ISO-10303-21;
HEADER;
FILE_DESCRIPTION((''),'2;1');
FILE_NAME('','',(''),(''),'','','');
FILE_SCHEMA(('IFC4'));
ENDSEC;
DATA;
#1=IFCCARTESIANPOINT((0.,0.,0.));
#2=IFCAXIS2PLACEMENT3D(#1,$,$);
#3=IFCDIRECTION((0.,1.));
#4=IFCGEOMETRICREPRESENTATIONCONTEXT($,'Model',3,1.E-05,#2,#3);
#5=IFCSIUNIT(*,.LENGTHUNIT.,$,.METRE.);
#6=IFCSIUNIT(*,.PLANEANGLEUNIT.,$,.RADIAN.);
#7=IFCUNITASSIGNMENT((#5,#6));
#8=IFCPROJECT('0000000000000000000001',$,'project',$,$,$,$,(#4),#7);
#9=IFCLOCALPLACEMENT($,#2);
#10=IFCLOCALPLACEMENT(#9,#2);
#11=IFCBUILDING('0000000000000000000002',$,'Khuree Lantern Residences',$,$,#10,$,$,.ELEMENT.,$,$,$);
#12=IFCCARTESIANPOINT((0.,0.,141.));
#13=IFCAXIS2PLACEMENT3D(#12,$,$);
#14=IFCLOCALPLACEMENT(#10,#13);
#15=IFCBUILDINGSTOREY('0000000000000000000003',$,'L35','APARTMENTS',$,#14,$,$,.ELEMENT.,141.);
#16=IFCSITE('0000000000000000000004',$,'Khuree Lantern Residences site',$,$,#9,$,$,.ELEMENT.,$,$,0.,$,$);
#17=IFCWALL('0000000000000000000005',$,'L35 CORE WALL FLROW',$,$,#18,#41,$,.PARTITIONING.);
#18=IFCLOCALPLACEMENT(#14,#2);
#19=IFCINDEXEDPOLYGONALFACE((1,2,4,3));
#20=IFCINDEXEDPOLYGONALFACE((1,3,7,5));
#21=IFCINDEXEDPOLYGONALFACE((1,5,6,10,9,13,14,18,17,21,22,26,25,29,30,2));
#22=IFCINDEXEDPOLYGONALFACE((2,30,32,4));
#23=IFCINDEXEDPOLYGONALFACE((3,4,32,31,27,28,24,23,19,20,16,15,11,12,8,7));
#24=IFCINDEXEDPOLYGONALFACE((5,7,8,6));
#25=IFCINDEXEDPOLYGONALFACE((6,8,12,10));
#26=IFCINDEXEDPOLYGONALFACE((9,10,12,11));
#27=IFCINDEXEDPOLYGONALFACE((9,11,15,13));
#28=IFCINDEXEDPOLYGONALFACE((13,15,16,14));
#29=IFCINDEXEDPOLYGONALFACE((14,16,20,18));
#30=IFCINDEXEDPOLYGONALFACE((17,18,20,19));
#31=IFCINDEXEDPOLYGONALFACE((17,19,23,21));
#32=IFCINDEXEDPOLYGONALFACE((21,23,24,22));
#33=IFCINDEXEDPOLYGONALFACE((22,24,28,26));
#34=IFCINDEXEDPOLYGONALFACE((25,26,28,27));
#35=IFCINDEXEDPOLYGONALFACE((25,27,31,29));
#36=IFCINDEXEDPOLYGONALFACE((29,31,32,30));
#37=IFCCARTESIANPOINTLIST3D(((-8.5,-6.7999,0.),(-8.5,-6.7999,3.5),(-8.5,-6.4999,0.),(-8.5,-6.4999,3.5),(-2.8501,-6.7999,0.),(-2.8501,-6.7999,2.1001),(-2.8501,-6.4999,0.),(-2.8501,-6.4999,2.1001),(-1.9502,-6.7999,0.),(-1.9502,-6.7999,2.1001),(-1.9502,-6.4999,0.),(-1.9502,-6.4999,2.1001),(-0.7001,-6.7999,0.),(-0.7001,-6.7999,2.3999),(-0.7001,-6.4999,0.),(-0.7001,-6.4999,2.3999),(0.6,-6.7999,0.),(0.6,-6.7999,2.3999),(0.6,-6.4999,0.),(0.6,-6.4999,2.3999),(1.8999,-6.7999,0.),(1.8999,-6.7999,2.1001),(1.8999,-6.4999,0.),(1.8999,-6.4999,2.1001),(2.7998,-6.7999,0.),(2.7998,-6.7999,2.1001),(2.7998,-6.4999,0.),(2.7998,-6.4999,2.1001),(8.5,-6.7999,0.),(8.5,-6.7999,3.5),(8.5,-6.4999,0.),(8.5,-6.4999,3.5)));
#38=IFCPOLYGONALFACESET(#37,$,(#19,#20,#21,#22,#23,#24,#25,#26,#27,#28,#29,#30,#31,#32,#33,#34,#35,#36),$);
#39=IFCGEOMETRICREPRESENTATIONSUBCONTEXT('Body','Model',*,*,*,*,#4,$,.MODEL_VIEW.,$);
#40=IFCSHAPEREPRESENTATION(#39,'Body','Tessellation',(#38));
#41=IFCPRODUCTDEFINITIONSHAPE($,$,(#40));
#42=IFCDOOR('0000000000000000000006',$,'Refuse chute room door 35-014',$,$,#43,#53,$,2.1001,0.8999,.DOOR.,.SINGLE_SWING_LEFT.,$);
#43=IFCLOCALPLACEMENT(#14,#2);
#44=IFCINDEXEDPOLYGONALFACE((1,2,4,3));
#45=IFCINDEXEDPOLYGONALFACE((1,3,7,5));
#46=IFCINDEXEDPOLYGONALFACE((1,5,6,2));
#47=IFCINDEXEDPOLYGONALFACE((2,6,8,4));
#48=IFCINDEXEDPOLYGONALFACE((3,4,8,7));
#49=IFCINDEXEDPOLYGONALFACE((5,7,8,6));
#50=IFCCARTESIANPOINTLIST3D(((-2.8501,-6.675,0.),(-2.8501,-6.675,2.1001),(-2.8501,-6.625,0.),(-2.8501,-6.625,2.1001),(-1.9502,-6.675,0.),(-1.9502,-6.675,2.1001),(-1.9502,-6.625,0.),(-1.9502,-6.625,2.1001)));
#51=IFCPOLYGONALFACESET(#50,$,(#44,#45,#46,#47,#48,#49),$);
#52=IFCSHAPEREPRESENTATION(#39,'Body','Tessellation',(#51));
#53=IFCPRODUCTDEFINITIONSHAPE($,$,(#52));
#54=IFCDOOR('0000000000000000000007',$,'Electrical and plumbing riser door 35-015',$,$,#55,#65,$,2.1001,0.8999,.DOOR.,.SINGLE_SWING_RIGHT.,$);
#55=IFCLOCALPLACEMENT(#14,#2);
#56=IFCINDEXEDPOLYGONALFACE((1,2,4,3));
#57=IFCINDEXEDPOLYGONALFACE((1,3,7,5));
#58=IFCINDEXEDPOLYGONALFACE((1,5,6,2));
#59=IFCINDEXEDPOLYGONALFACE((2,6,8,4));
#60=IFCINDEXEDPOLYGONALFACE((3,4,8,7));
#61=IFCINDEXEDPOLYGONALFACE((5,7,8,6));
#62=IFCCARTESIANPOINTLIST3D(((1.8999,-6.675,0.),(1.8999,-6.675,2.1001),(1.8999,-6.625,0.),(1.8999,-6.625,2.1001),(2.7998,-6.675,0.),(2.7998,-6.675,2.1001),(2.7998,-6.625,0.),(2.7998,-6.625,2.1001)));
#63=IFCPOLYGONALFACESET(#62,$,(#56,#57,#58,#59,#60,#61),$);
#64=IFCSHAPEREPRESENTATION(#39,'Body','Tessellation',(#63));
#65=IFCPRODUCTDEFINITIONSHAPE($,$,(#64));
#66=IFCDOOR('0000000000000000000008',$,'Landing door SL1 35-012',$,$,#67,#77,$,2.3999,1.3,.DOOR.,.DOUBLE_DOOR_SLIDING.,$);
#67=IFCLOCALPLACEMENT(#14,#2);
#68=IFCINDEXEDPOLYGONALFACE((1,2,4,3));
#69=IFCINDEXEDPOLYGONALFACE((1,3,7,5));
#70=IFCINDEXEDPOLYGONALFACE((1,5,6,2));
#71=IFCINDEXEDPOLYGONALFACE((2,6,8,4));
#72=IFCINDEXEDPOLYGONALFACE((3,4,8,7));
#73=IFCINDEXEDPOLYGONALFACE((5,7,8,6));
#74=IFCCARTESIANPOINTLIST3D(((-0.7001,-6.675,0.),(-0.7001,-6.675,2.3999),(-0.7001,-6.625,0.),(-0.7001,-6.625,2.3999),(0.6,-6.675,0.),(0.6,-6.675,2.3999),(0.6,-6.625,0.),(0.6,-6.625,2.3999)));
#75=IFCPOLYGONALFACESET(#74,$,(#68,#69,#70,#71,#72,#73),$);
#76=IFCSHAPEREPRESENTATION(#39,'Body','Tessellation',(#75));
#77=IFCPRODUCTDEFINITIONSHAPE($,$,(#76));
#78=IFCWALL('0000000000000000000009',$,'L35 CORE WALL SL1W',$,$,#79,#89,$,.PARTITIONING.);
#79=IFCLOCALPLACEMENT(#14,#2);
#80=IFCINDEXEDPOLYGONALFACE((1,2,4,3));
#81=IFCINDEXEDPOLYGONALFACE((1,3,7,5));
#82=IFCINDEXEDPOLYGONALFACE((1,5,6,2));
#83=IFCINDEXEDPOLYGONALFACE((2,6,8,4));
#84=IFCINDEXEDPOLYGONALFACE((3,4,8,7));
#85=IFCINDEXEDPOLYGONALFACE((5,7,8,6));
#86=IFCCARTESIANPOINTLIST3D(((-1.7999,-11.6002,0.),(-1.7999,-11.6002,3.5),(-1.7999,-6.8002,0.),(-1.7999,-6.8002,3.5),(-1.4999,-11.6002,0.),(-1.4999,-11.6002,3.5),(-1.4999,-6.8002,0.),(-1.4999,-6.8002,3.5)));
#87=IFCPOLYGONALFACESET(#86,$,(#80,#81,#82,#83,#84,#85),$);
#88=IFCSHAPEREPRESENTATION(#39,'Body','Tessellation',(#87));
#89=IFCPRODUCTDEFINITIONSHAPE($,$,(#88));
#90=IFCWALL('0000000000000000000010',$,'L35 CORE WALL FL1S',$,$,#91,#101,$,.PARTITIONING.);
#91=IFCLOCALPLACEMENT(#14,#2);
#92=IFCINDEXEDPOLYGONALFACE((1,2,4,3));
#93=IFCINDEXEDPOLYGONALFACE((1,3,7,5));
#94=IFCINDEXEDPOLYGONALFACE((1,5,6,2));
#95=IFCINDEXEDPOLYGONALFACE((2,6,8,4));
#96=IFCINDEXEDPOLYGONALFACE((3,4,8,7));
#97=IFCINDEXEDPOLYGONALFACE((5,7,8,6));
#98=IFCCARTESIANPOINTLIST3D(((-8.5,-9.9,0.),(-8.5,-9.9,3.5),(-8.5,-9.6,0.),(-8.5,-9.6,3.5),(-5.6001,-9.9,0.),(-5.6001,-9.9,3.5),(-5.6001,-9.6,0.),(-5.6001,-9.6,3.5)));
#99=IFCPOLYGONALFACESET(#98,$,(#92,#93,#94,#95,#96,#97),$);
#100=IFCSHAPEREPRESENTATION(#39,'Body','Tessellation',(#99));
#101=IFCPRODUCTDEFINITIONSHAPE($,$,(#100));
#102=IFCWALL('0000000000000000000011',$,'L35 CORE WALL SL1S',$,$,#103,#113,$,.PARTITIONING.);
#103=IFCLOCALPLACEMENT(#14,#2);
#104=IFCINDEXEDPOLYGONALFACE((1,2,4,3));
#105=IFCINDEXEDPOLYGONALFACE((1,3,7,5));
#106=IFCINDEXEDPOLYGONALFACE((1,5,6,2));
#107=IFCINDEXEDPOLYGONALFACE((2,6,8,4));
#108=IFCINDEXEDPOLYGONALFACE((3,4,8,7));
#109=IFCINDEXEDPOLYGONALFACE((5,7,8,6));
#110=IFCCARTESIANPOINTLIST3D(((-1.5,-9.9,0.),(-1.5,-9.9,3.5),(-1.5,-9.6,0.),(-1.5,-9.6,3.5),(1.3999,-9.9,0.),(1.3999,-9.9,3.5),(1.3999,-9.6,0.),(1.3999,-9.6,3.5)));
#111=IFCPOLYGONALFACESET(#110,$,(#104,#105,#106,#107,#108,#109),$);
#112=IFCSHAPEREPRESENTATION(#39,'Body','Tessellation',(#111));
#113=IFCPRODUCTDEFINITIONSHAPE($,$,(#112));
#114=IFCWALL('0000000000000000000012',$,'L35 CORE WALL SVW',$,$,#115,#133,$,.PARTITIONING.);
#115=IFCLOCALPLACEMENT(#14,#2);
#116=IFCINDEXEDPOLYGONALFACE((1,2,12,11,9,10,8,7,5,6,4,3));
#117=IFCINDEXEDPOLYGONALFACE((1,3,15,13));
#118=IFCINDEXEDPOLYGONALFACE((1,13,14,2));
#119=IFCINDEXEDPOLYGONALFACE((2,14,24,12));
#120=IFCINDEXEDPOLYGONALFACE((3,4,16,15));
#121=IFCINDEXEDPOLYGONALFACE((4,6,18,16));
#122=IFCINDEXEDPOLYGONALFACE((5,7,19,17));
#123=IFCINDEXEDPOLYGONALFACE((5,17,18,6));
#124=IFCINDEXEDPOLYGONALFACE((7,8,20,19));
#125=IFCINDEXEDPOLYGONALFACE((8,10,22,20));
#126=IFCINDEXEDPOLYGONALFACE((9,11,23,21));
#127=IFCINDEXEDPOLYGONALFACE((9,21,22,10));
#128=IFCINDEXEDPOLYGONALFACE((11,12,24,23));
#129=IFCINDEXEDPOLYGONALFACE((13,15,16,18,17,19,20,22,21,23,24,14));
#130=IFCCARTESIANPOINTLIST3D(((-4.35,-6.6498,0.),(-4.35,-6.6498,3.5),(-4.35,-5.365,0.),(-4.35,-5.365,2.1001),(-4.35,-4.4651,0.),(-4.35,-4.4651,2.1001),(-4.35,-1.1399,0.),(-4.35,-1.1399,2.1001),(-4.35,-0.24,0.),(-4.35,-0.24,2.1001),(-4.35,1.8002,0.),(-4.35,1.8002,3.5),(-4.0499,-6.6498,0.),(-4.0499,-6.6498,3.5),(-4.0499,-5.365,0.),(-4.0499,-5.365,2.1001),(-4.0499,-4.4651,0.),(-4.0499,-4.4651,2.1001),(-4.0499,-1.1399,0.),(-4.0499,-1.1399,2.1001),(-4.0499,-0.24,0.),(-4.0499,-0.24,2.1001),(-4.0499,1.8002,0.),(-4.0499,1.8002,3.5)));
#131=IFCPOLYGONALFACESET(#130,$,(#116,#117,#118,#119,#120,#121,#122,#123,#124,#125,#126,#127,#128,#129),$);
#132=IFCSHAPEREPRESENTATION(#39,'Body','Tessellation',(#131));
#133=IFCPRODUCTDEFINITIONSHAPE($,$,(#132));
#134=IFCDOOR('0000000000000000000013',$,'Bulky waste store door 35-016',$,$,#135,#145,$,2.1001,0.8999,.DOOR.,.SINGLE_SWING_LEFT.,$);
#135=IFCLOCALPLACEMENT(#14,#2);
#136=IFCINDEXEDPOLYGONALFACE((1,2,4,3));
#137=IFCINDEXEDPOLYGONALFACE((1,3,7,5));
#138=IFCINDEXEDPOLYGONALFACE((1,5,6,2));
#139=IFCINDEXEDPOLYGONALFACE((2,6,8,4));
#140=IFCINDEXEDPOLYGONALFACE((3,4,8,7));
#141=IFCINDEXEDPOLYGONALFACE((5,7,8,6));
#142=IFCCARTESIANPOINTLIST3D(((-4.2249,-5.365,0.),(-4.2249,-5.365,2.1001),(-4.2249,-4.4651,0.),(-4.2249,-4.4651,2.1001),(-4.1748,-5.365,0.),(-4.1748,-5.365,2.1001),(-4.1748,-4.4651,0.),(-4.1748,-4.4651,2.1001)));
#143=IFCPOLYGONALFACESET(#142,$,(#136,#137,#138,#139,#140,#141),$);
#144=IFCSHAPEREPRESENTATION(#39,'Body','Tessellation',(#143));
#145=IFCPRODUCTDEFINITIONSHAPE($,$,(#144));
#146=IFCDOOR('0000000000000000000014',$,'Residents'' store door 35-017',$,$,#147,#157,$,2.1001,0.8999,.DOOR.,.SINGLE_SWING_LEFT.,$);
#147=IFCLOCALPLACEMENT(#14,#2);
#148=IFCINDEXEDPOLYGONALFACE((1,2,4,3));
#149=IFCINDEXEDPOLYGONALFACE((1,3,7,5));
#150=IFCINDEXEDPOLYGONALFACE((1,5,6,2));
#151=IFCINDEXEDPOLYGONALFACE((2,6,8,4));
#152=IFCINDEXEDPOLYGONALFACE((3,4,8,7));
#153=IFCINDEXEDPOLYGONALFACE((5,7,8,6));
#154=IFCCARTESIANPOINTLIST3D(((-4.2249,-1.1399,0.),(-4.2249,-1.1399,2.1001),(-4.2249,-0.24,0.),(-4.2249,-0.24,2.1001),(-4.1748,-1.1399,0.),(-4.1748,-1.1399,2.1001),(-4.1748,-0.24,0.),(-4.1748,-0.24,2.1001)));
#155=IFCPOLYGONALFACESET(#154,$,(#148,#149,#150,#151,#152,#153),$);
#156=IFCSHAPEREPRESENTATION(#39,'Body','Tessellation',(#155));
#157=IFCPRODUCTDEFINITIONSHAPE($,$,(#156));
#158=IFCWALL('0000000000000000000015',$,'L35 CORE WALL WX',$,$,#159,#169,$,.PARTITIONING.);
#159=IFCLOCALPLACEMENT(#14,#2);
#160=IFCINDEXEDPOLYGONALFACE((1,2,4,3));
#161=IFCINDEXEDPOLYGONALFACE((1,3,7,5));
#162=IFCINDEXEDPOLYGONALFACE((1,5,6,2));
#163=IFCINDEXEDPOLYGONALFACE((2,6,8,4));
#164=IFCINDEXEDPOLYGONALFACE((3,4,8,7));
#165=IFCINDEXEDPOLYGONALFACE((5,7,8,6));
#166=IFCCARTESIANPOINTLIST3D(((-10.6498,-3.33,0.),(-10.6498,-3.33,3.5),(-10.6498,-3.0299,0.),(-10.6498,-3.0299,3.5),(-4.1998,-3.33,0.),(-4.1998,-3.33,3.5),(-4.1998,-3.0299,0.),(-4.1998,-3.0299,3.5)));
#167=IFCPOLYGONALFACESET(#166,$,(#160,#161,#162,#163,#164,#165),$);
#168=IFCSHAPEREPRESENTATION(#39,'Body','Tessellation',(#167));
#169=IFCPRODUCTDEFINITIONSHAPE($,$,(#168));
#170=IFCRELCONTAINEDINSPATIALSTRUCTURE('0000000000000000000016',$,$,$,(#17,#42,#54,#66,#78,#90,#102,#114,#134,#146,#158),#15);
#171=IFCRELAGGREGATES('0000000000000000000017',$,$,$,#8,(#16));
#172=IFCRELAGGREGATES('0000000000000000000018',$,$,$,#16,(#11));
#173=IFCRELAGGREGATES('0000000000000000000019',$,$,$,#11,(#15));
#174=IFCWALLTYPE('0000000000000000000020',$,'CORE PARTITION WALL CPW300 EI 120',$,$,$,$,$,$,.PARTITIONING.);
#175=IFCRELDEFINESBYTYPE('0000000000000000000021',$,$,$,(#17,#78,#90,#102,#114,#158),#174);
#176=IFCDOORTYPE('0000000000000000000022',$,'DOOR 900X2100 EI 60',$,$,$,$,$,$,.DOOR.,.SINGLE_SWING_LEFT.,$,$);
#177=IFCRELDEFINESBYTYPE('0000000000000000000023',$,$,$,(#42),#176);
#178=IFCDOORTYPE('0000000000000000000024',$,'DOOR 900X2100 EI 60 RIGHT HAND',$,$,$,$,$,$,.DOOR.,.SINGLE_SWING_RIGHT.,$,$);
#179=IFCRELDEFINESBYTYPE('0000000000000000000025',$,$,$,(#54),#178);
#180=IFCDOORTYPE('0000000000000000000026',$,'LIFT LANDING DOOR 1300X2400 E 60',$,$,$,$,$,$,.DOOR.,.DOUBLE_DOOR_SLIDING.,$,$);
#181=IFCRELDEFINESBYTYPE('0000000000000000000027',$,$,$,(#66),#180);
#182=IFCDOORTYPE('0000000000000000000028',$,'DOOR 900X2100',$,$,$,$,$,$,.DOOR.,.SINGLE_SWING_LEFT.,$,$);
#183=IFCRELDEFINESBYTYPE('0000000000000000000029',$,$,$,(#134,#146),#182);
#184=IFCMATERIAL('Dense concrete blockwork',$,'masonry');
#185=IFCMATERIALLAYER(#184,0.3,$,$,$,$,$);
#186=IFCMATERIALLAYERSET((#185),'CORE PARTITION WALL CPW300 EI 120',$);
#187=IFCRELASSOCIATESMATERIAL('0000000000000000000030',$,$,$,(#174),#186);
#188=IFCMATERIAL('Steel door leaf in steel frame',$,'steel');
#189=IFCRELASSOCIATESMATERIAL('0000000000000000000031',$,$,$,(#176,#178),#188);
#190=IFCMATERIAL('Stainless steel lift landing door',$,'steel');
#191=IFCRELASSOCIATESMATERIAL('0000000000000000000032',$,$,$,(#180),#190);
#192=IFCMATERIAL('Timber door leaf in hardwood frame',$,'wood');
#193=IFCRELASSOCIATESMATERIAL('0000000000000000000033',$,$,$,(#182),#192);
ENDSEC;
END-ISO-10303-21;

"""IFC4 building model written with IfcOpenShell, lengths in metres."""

from ifc_helpers import new_model, si_unit, direction, frame, frame_2d, origin, place, context, subcontext, project, spatial, rectangle, extrude, material, layer, layer_set, type_object, element, fill, save


model = new_model("IFC4")

# Units and contexts
model_context = context("Model", 3, precision=1e-05, world=origin(), true_north=direction((0.0, 1.0)))
body_context = subcontext(model_context, "Body", "Model", "MODEL_VIEW")
ifc_project = project(units=[si_unit("LENGTHUNIT", "METRE"), si_unit("PLANEANGLEUNIT", "RADIAN")], contexts=[model_context])

# Site, building, storey
site_placement = place(None, origin())
site = spatial("IfcSite", under=ifc_project, at=site_placement, Name="Khuree Lantern Residences site", CompositionType="ELEMENT", RefElevation=0.0)
building_placement = place(site_placement, origin())
building = spatial("IfcBuilding", under=site, at=building_placement, Name="Khuree Lantern Residences", CompositionType="ELEMENT")
storey_placement = place(building_placement, frame((0.0, 0.0, 141.0)))
storey = spatial("IfcBuildingStorey", under=building, at=storey_placement, Name="L35", Description="APARTMENTS", CompositionType="ELEMENT", Elevation=141.0)

# Wall, openings, doors
ifc_material_1 = material(Name="Dense concrete blockwork", Category="masonry")
ifc_layer_1 = layer(ifc_material_1, 0.3)
ifc_layer_set_1 = layer_set([ifc_layer_1], Name="CORE PARTITION WALL CPW300 EI 120")
wall_type_1 = type_object("IfcWallType", Name="CORE PARTITION WALL CPW300 EI 120", PredefinedType="PARTITIONING", material=ifc_layer_set_1)
wall_1_placement = place(storey_placement, frame((-8.5, -6.6499, 0.0), z_axis=(0.0, 0.0, 1.0), x_axis=(1.0, 0.0, 0.0)))
wall_1 = element("IfcWall", 1, at=wall_1_placement, inside=storey, type_object=wall_type_1, Name="L35 CORE WALL FLROW", PredefinedType="PARTITIONING", context=body_context, shape_type="SweptSolid", body=[
    extrude(rectangle(XDim=17.0, YDim=0.3, at=frame_2d((8.5, 0.0))), origin(), (0.0, 0.0, 1.0), 3.5),
])
opening_1_placement = place(wall_1_placement, frame((7.8, 0.0, 0.0)))
opening_1 = element("IfcOpeningElement", 2, at=opening_1_placement, cuts=wall_1, PredefinedType="OPENING", context=body_context, shape_type="SweptSolid", body=[
    extrude(rectangle(XDim=1.3, YDim=2.3999, at=frame_2d((0.6499, 1.2))), frame((0.0, 0.1602, 0.0), z_axis=(0.0, -1.0, 0.0), x_axis=(1.0, 0.0, 0.0)), (0.0, 0.0, 1.0), 0.3201),
])
opening_2_placement = place(wall_1_placement, frame((5.6499, 0.0, 0.0)))
opening_2 = element("IfcOpeningElement", 3, at=opening_2_placement, cuts=wall_1, PredefinedType="OPENING", context=body_context, shape_type="SweptSolid", body=[
    extrude(rectangle(XDim=0.8999, YDim=2.1001, at=frame_2d((0.45, 1.05))), frame((0.0, 0.1602, 0.0), z_axis=(0.0, -1.0, 0.0), x_axis=(1.0, 0.0, 0.0)), (0.0, 0.0, 1.0), 0.3201),
])
opening_3_placement = place(wall_1_placement, frame((10.3999, 0.0, 0.0)))
opening_3 = element("IfcOpeningElement", 4, at=opening_3_placement, cuts=wall_1, PredefinedType="OPENING", context=body_context, shape_type="SweptSolid", body=[
    extrude(rectangle(XDim=0.8999, YDim=2.1001, at=frame_2d((0.45, 1.05))), frame((0.0, 0.1602, 0.0), z_axis=(0.0, -1.0, 0.0), x_axis=(1.0, 0.0, 0.0)), (0.0, 0.0, 1.0), 0.3201),
])
ifc_material_2 = material(Name="Steel door leaf in steel frame", Category="steel")
door_type_1 = type_object("IfcDoorType", Name="DOOR 900X2100 EI 60", OperationType="SINGLE_SWING_LEFT", PredefinedType="DOOR", material=ifc_material_2)
door_1_placement = place(opening_2_placement, origin())
door_1 = element("IfcDoor", 5, at=door_1_placement, inside=storey, type_object=door_type_1, Name="Refuse chute room door 35-014", OperationType="SINGLE_SWING_LEFT", OverallHeight=2.1001, OverallWidth=0.8999, PredefinedType="DOOR", context=body_context, shape_type="SweptSolid", body=[
    extrude(rectangle(XDim=0.8999, YDim=2.1001, at=frame_2d((0.45, 1.05))), frame((0.0, 0.0249, 0.0), z_axis=(0.0, -1.0, 0.0), x_axis=(1.0, 0.0, 0.0)), (0.0, 0.0, 1.0), 0.05),
])
fill(opening_2, door_1)
door_type_2 = type_object("IfcDoorType", Name="DOOR 900X2100 EI 60 RIGHT HAND", OperationType="SINGLE_SWING_RIGHT", PredefinedType="DOOR", material=ifc_material_2)
door_2_placement = place(opening_3_placement, origin())
door_2 = element("IfcDoor", 6, at=door_2_placement, inside=storey, type_object=door_type_2, Name="Electrical and plumbing riser door 35-015", OperationType="SINGLE_SWING_RIGHT", OverallHeight=2.1001, OverallWidth=0.8999, PredefinedType="DOOR", context=body_context, shape_type="SweptSolid", body=[
    extrude(rectangle(XDim=0.8999, YDim=2.1001, at=frame_2d((0.45, 1.05))), frame((0.0, 0.0249, 0.0), z_axis=(0.0, -1.0, 0.0), x_axis=(1.0, 0.0, 0.0)), (0.0, 0.0, 1.0), 0.05),
])
fill(opening_3, door_2)
ifc_material_3 = material(Name="Stainless steel lift landing door", Category="steel")
door_type_3 = type_object("IfcDoorType", Name="LIFT LANDING DOOR 1300X2400 E 60", OperationType="DOUBLE_DOOR_SLIDING", PredefinedType="DOOR", material=ifc_material_3)
door_3_placement = place(opening_1_placement, origin())
door_3 = element("IfcDoor", 7, at=door_3_placement, inside=storey, type_object=door_type_3, Name="Landing door SL1 35-012", OperationType="DOUBLE_DOOR_SLIDING", OverallHeight=2.3999, OverallWidth=1.3, PredefinedType="DOOR", context=body_context, shape_type="SweptSolid", body=[
    extrude(rectangle(XDim=1.3, YDim=2.3999, at=frame_2d((0.6499, 1.2))), frame((0.0, 0.0249, 0.0), z_axis=(0.0, -1.0, 0.0), x_axis=(1.0, 0.0, 0.0)), (0.0, 0.0, 1.0), 0.05),
])
fill(opening_1, door_3)

# Walls
wall_2_placement = place(storey_placement, frame((-1.6499, -11.6001, 0.0), z_axis=(0.0, 0.0, 1.0), x_axis=(0.0, 1.0, 0.0)))
element("IfcWall", 8, at=wall_2_placement, inside=storey, type_object=wall_type_1, Name="L35 CORE WALL SL1W", PredefinedType="PARTITIONING", context=body_context, shape_type="SweptSolid", body=[
    extrude(rectangle(XDim=4.8, YDim=0.3, at=frame_2d((2.3999, 0.0))), origin(), (0.0, 0.0, 1.0), 3.5),
])
for number, where, z_axis, x_axis, name in (
    (9, (-8.5, -9.75, 0.0), (0.0, 0.0, 1.0), (1.0, 0.0, 0.0), "L35 CORE WALL FL1S"),
    (10, (-1.5, -9.75, 0.0), (0.0, 0.0, 1.0), (1.0, 0.0, 0.0), "L35 CORE WALL SL1S"),
):
    element("IfcWall", number, at=place(storey_placement, frame(where, z_axis=z_axis, x_axis=x_axis)), inside=storey, type_object=wall_type_1, Name=name, PredefinedType="PARTITIONING", context=body_context, shape_type="SweptSolid", body=[
        extrude(rectangle(XDim=2.8999, YDim=0.3, at=frame_2d((1.45, 0.0))), origin(), (0.0, 0.0, 1.0), 3.5),
    ])

# Wall, openings, doors
wall_3_placement = place(storey_placement, frame((-4.2, -6.6499, 0.0), z_axis=(0.0, 0.0, 1.0), x_axis=(0.0, 1.0, 0.0)))
wall_3 = element("IfcWall", 11, at=wall_3_placement, inside=storey, type_object=wall_type_1, Name="L35 CORE WALL SVW", PredefinedType="PARTITIONING", context=body_context, shape_type="SweptSolid", body=[
    extrude(rectangle(XDim=8.45, YDim=0.3, at=frame_2d((4.2251, 0.0))), origin(), (0.0, 0.0, 1.0), 3.5),
])
opening_4_placement = place(wall_3_placement, frame((1.2849, 0.0, 0.0)))
opening_4 = element("IfcOpeningElement", 12, at=opening_4_placement, cuts=wall_3, PredefinedType="OPENING", context=body_context, shape_type="SweptSolid", body=[
    extrude(rectangle(XDim=0.8999, YDim=2.1001, at=frame_2d((0.45, 1.05))), frame((0.0, 0.1602, 0.0), z_axis=(0.0, -1.0, 0.0), x_axis=(1.0, 0.0, 0.0)), (0.0, 0.0, 1.0), 0.3201),
])
opening_5_placement = place(wall_3_placement, frame((5.51, 0.0, 0.0)))
opening_5 = element("IfcOpeningElement", 13, at=opening_5_placement, cuts=wall_3, PredefinedType="OPENING", context=body_context, shape_type="SweptSolid", body=[
    extrude(rectangle(XDim=0.8999, YDim=2.1001, at=frame_2d((0.45, 1.05))), frame((0.0, 0.1602, 0.0), z_axis=(0.0, -1.0, 0.0), x_axis=(1.0, 0.0, 0.0)), (0.0, 0.0, 1.0), 0.3201),
])
ifc_material_4 = material(Name="Timber door leaf in hardwood frame", Category="wood")
door_type_4 = type_object("IfcDoorType", Name="DOOR 900X2100", OperationType="SINGLE_SWING_LEFT", PredefinedType="DOOR", material=ifc_material_4)
door_4_placement = place(opening_4_placement, origin())
door_4 = element("IfcDoor", 14, at=door_4_placement, inside=storey, type_object=door_type_4, Name="Bulky waste store door 35-016", OperationType="SINGLE_SWING_LEFT", OverallHeight=2.1001, OverallWidth=0.8999, PredefinedType="DOOR", context=body_context, shape_type="SweptSolid", body=[
    extrude(rectangle(XDim=0.8999, YDim=2.1001, at=frame_2d((0.45, 1.05))), frame((0.0, 0.0249, 0.0), z_axis=(0.0, -1.0, 0.0), x_axis=(1.0, 0.0, 0.0)), (0.0, 0.0, 1.0), 0.05),
])
fill(opening_4, door_4)
door_5_placement = place(opening_5_placement, origin())
door_5 = element("IfcDoor", 15, at=door_5_placement, inside=storey, type_object=door_type_4, Name="Residents' store door 35-017", OperationType="SINGLE_SWING_LEFT", OverallHeight=2.1001, OverallWidth=0.8999, PredefinedType="DOOR", context=body_context, shape_type="SweptSolid", body=[
    extrude(rectangle(XDim=0.8999, YDim=2.1001, at=frame_2d((0.45, 1.05))), frame((0.0, 0.0249, 0.0), z_axis=(0.0, -1.0, 0.0), x_axis=(1.0, 0.0, 0.0)), (0.0, 0.0, 1.0), 0.05),
])
fill(opening_5, door_5)

# Wall
wall_4_placement = place(storey_placement, frame((-10.6499, -3.1799, 0.0), z_axis=(0.0, 0.0, 1.0), x_axis=(1.0, 0.0, 0.0)))
element("IfcWall", 16, at=wall_4_placement, inside=storey, type_object=wall_type_1, Name="L35 CORE WALL WX", PredefinedType="PARTITIONING", context=body_context, shape_type="SweptSolid", body=[
    extrude(rectangle(XDim=6.45, YDim=0.3, at=frame_2d((3.2251, 0.0))), origin(), (0.0, 0.0, 1.0), 3.5),
])

save(model, "model.ifc")
